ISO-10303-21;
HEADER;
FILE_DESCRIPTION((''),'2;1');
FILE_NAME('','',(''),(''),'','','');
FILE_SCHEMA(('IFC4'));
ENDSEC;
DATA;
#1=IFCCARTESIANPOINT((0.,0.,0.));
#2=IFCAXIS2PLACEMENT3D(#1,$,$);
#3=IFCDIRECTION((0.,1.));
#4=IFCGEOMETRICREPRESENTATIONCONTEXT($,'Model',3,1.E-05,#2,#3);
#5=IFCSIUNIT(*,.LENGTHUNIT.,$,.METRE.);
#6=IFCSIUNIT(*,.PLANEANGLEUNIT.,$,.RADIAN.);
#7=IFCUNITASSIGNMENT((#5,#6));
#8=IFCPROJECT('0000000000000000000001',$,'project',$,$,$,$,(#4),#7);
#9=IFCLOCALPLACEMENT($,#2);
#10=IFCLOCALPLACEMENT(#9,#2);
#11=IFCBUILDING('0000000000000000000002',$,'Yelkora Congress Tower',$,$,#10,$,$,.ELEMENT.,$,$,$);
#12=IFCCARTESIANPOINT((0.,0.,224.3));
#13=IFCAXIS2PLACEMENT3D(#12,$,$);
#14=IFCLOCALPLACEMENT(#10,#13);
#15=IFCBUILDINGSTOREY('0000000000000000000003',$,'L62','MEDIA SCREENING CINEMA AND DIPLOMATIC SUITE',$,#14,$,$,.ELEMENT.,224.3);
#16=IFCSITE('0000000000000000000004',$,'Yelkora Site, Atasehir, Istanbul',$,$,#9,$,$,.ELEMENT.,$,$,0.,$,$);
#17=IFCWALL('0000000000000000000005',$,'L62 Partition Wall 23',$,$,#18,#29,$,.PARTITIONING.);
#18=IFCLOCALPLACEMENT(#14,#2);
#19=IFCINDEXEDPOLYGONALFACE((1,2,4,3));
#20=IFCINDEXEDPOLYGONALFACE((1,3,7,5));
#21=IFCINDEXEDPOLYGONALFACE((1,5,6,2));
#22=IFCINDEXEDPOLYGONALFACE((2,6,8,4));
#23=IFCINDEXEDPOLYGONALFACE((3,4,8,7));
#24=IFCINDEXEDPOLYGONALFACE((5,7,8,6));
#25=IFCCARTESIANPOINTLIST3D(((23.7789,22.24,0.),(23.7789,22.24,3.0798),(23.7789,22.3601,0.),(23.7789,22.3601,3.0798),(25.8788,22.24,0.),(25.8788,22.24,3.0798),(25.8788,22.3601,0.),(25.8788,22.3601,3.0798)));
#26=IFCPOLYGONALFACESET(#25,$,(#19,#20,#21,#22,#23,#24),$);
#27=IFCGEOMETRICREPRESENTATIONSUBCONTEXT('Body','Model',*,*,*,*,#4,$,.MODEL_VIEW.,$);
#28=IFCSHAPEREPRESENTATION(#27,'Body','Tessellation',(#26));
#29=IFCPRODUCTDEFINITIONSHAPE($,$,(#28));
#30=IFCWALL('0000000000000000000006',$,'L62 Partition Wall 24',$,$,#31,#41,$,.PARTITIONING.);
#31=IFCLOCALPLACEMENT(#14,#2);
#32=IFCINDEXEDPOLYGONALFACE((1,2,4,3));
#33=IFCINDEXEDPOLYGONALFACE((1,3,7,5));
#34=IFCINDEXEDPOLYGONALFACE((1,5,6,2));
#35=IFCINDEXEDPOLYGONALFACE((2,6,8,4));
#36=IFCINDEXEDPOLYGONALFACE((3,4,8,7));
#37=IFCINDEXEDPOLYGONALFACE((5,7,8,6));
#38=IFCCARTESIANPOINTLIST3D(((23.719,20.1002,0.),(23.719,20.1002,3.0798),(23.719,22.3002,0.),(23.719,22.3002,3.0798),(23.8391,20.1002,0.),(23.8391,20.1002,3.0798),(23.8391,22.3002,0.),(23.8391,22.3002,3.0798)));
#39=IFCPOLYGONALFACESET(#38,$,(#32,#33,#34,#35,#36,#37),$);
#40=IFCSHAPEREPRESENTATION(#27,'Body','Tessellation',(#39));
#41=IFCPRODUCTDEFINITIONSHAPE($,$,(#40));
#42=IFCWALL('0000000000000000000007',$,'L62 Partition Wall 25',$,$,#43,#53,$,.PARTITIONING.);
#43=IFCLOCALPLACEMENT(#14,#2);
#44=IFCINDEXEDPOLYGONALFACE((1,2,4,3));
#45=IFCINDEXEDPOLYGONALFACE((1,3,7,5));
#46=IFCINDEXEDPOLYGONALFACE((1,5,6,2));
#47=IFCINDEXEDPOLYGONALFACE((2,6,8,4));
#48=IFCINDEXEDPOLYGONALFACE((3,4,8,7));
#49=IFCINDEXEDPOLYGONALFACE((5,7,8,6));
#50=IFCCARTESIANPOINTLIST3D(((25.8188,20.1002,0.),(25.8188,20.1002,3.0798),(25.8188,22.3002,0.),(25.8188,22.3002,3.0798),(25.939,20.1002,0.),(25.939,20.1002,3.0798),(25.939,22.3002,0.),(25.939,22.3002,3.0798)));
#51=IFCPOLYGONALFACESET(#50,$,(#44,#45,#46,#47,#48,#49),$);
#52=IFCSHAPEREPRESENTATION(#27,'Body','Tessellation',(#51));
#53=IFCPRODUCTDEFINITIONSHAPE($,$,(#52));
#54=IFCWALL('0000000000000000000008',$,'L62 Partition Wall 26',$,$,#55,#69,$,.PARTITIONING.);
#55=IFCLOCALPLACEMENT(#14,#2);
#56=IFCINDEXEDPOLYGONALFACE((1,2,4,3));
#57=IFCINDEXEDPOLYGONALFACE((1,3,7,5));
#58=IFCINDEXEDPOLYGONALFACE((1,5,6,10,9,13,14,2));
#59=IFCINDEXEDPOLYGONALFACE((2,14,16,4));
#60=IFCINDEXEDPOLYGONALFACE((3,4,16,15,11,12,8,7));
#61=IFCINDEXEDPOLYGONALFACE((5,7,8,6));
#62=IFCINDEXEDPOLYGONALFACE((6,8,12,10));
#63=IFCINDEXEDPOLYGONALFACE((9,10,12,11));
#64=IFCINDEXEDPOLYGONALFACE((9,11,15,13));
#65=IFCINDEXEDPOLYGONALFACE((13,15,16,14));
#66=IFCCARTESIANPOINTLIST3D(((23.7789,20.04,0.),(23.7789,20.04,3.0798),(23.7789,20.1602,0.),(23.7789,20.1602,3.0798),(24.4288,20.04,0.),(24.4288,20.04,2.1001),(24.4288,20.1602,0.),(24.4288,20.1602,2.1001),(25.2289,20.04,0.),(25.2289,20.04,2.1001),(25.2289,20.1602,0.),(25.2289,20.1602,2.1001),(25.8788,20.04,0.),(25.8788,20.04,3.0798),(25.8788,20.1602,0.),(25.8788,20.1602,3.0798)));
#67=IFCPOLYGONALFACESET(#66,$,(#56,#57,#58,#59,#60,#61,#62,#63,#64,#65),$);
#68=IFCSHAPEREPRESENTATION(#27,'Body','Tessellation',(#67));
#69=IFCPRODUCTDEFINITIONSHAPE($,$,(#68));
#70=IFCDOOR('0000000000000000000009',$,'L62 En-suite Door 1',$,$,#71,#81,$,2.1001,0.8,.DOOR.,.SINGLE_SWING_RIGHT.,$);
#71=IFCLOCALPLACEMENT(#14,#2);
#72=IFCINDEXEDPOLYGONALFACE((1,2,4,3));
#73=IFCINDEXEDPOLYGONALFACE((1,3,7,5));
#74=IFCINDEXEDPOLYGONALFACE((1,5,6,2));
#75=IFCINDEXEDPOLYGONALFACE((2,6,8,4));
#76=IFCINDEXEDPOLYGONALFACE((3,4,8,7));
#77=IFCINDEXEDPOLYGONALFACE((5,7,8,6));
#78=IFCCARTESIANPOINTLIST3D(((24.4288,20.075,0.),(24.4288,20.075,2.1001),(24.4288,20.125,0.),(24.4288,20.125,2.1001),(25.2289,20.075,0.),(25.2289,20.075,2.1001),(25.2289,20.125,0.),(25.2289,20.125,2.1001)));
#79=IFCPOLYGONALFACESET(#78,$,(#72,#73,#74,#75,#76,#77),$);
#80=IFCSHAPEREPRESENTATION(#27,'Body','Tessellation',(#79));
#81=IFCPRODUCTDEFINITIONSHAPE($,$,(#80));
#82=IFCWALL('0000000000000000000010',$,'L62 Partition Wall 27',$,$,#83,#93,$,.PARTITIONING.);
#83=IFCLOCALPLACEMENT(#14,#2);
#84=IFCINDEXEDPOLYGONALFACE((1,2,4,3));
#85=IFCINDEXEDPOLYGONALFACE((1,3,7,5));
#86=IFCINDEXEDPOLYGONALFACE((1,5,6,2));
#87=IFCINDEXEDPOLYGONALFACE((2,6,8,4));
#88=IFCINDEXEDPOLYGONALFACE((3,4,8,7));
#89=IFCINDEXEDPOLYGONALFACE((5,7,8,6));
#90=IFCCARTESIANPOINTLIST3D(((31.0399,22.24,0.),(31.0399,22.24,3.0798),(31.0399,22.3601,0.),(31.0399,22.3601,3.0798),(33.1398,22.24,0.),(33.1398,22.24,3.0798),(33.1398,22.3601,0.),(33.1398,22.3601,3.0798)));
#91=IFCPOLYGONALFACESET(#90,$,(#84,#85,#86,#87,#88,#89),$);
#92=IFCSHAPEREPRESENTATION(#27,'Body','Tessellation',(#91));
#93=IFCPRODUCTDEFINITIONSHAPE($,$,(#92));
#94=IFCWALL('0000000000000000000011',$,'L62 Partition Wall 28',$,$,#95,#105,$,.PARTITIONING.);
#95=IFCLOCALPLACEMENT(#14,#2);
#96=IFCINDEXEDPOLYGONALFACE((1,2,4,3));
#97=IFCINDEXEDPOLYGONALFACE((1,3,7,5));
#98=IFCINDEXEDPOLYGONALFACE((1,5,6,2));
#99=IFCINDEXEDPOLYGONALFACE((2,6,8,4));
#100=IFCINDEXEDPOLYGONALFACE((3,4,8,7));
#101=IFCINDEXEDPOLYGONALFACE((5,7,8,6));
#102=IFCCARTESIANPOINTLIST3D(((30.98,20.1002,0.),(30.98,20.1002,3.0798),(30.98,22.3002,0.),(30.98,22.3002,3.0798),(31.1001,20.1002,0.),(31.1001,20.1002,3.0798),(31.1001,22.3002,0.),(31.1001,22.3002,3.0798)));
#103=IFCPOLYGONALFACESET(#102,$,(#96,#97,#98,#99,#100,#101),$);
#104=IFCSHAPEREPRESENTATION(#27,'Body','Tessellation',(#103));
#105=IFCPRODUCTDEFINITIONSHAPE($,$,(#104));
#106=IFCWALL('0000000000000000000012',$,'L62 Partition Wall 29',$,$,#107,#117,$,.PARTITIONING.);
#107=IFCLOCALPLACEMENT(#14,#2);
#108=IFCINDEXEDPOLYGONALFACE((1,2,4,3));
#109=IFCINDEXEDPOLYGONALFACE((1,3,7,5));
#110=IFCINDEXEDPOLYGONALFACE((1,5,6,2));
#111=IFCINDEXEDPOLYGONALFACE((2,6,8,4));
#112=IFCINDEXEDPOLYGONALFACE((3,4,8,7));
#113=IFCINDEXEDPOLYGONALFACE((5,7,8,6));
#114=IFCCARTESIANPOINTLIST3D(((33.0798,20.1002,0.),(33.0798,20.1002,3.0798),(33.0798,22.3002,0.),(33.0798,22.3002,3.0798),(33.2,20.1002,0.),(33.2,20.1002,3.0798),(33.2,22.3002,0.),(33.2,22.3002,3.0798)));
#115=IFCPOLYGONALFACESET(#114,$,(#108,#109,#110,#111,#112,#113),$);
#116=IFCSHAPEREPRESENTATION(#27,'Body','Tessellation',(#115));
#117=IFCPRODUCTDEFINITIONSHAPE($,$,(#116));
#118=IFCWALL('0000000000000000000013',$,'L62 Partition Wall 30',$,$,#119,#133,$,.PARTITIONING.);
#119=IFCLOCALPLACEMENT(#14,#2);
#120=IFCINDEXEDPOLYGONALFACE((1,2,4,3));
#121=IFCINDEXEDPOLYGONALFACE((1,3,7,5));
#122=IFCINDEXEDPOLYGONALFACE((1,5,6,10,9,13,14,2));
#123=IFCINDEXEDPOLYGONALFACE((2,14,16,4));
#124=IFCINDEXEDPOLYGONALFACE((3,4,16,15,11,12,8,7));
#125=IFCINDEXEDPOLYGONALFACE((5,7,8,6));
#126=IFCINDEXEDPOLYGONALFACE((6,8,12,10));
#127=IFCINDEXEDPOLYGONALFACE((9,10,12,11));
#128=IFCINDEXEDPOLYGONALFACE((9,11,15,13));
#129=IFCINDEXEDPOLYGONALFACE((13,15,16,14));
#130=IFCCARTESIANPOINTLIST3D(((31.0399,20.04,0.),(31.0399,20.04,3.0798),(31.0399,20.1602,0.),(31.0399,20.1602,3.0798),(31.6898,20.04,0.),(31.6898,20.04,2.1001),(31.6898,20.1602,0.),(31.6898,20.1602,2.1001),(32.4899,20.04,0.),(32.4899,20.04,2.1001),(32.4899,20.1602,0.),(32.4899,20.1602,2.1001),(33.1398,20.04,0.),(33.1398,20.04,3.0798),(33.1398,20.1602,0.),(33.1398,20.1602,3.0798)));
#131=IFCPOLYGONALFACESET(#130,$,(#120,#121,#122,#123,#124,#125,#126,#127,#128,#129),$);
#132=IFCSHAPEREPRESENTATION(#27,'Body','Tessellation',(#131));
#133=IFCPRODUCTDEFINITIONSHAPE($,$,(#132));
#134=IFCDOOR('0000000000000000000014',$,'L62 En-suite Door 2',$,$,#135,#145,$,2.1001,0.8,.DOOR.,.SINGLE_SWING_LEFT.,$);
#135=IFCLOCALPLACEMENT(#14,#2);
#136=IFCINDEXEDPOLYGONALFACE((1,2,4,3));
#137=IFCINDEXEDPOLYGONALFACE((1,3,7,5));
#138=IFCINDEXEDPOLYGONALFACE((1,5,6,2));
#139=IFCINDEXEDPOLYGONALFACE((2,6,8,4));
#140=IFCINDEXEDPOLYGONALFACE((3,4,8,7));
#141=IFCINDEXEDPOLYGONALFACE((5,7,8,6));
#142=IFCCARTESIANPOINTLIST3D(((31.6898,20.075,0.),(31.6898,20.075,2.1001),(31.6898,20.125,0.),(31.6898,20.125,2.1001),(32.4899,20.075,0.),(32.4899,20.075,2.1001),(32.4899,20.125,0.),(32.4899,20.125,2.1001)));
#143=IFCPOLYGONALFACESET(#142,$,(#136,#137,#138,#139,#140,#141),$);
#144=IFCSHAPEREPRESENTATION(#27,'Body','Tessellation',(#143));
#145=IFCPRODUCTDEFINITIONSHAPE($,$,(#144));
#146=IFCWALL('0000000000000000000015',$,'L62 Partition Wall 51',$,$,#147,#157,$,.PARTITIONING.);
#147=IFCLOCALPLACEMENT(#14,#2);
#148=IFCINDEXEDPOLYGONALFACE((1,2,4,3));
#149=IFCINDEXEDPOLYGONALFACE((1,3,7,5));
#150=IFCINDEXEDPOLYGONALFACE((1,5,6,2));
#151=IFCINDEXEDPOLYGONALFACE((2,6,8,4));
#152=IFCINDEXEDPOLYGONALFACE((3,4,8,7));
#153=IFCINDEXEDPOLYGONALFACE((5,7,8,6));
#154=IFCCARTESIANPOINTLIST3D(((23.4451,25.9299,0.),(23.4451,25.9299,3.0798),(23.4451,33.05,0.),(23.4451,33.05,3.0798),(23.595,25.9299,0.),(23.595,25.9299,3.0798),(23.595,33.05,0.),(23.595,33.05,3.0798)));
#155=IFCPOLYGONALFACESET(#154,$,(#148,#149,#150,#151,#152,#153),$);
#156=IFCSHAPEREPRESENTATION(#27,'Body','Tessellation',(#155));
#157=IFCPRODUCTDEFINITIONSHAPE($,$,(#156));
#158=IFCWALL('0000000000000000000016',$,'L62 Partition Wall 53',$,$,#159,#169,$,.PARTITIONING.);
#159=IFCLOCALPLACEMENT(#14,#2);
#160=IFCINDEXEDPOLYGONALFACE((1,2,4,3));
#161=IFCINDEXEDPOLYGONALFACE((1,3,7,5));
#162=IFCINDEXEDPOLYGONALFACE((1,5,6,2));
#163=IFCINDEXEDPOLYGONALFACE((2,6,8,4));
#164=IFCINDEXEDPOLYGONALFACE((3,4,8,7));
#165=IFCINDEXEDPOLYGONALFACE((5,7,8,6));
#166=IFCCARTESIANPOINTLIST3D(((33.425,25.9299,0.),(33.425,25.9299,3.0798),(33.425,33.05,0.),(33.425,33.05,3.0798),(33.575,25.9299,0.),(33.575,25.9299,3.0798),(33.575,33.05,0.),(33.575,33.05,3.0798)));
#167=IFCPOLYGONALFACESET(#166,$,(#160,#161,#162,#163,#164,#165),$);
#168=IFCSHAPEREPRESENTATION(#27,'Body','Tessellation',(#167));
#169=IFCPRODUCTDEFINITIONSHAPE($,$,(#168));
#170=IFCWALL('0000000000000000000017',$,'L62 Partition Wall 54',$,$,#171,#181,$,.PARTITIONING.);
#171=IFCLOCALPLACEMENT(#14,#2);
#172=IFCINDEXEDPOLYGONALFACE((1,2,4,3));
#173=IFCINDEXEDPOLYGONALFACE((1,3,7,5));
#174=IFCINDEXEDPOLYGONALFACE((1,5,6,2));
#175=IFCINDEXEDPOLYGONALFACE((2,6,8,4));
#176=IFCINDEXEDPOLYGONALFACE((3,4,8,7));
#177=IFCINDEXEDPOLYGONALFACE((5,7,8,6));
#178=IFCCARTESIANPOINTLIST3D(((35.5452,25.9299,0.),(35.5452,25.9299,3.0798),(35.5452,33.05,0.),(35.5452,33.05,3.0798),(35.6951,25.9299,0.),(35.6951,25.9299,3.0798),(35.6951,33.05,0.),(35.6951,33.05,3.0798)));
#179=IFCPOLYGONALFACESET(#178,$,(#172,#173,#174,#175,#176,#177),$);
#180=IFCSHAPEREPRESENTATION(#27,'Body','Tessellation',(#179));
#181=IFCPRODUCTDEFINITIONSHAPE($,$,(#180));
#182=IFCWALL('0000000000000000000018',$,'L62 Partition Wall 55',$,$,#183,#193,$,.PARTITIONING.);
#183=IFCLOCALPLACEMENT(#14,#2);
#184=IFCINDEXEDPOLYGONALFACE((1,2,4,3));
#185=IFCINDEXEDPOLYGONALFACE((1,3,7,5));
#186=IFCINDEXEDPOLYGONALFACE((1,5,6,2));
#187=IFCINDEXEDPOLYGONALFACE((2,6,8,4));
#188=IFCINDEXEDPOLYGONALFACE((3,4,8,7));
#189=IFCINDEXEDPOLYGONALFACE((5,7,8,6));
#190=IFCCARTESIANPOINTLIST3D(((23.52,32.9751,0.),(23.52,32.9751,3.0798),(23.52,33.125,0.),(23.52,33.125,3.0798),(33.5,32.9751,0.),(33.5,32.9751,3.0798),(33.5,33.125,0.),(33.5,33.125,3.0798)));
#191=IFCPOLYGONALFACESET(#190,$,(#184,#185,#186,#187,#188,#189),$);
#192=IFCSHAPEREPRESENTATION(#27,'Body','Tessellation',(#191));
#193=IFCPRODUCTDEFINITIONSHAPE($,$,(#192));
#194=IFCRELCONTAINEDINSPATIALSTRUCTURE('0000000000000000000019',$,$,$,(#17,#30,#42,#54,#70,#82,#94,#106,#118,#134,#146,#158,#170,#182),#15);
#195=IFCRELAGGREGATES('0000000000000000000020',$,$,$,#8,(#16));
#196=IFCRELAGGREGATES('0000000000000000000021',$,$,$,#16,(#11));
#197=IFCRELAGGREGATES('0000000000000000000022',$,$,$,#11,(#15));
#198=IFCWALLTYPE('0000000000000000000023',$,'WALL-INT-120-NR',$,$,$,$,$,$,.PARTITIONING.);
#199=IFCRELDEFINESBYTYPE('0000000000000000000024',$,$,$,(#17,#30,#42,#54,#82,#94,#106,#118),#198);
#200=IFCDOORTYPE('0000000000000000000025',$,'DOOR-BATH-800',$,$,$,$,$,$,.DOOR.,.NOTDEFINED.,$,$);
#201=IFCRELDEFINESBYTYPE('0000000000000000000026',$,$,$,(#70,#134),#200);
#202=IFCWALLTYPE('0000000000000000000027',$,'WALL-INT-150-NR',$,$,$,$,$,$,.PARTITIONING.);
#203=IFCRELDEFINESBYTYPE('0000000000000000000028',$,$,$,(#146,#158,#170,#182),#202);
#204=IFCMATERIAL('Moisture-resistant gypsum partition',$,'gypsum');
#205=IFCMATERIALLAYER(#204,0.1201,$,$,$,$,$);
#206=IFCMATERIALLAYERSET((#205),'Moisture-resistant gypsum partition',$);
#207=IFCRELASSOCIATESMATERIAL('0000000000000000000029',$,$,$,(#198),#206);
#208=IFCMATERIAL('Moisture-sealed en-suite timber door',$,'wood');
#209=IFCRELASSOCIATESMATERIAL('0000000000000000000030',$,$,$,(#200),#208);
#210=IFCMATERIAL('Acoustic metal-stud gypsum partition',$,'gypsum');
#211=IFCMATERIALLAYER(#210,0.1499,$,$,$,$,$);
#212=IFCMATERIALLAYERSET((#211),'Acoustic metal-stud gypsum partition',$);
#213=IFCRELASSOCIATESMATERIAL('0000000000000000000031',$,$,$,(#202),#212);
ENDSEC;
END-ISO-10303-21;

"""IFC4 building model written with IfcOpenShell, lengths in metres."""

from ifc_helpers import new_model, si_unit, direction, frame, frame_2d, origin, place, context, subcontext, project, spatial, rectangle, extrude, material, layer, layer_set, type_object, element, fill, save


model = new_model("IFC4")

# Units and contexts
model_context = context("Model", 3, precision=1e-05, world=origin(), true_north=direction((0.0, 1.0)))
body_context = subcontext(model_context, "Body", "Model", "MODEL_VIEW")
ifc_project = project(units=[si_unit("LENGTHUNIT", "METRE"), si_unit("PLANEANGLEUNIT", "RADIAN")], contexts=[model_context])

# Site, building, storey
site_placement = place(None, origin())
site = spatial("IfcSite", under=ifc_project, at=site_placement, Name="Yelkora Site, Atasehir, Istanbul", CompositionType="ELEMENT", RefElevation=0.0)
building_placement = place(site_placement, origin())
building = spatial("IfcBuilding", under=site, at=building_placement, Name="Yelkora Congress Tower", CompositionType="ELEMENT")
storey_placement = place(building_placement, frame((0.0, 0.0, 224.3)))
storey = spatial("IfcBuildingStorey", under=building, at=storey_placement, Name="L62", Description="MEDIA SCREENING CINEMA AND DIPLOMATIC SUITE", CompositionType="ELEMENT", Elevation=224.3)

# Walls
ifc_material_1 = material(Name="Moisture-resistant gypsum partition", Category="gypsum")
ifc_layer_1 = layer(ifc_material_1, 0.1201)
ifc_layer_set_1 = layer_set([ifc_layer_1], Name="Moisture-resistant gypsum partition")
wall_type_1 = type_object("IfcWallType", Name="WALL-INT-120-NR", PredefinedType="PARTITIONING", material=ifc_layer_set_1)
wall_1_placement = place(storey_placement, frame((23.7791, 22.3, 0.0), z_axis=(0.0, 0.0, 1.0), x_axis=(1.0, 0.0, 0.0)))
element("IfcWall", 1, at=wall_1_placement, inside=storey, type_object=wall_type_1, Name="L62 Partition Wall 23", PredefinedType="PARTITIONING", context=body_context, shape_type="SweptSolid", body=[
    extrude(rectangle(XDim=2.0999, YDim=0.1201, at=frame_2d((1.0498, 0.0))), origin(), (0.0, 0.0, 1.0), 3.0798),
])
for number, where, z_axis, x_axis, name in (
    (2, (23.7791, 20.1001, 0.0), (0.0, 0.0, 1.0), (0.0, 1.0, 0.0), "L62 Partition Wall 24"),
    (3, (25.8789, 20.1001, 0.0), (0.0, 0.0, 1.0), (0.0, 1.0, 0.0), "L62 Partition Wall 25"),
):
    element("IfcWall", number, at=place(storey_placement, frame(where, z_axis=z_axis, x_axis=x_axis)), inside=storey, type_object=wall_type_1, Name=name, PredefinedType="PARTITIONING", context=body_context, shape_type="SweptSolid", body=[
        extrude(rectangle(XDim=2.2, YDim=0.1201, at=frame_2d((1.1001, 0.0))), origin(), (0.0, 0.0, 1.0), 3.0798),
    ])

# Wall, opening, door
wall_2_placement = place(storey_placement, frame((23.7791, 20.1001, 0.0), z_axis=(0.0, 0.0, 1.0), x_axis=(1.0, 0.0, 0.0)))
wall_2 = element("IfcWall", 4, at=wall_2_placement, inside=storey, type_object=wall_type_1, Name="L62 Partition Wall 26", PredefinedType="PARTITIONING", context=body_context, shape_type="SweptSolid", body=[
    extrude(rectangle(XDim=2.0999, YDim=0.1201, at=frame_2d((1.0498, 0.0))), origin(), (0.0, 0.0, 1.0), 3.0798),
])
opening_1_placement = place(wall_2_placement, frame((0.6499, 0.0, 0.0)))
opening_1 = element("IfcOpeningElement", 5, at=opening_1_placement, cuts=wall_2, PredefinedType="OPENING", context=body_context, shape_type="SweptSolid", body=[
    extrude(rectangle(XDim=0.8, YDim=2.1001, at=frame_2d((0.3999, 1.05))), frame((0.0, 0.0701, 0.0), z_axis=(0.0, -1.0, 0.0), x_axis=(1.0, 0.0, 0.0)), (0.0, 0.0, 1.0), 0.1401),
])
ifc_material_2 = material(Name="Moisture-sealed en-suite timber door", Category="wood")
door_type_1 = type_object("IfcDoorType", Name="DOOR-BATH-800", OperationType="NOTDEFINED", PredefinedType="DOOR", material=ifc_material_2)
door_1_placement = place(opening_1_placement, origin())
door_1 = element("IfcDoor", 6, at=door_1_placement, inside=storey, type_object=door_type_1, Name="L62 En-suite Door 1", OperationType="SINGLE_SWING_RIGHT", OverallHeight=2.1001, OverallWidth=0.8, PredefinedType="DOOR", context=body_context, shape_type="SweptSolid", body=[
    extrude(rectangle(XDim=0.8, YDim=2.1001, at=frame_2d((0.3999, 1.05))), frame((0.0, 0.0249, 0.0), z_axis=(0.0, -1.0, 0.0), x_axis=(1.0, 0.0, 0.0)), (0.0, 0.0, 1.0), 0.05),
])
fill(opening_1, door_1)

# Walls
wall_3_placement = place(storey_placement, frame((31.04, 22.3, 0.0), z_axis=(0.0, 0.0, 1.0), x_axis=(1.0, 0.0, 0.0)))
element("IfcWall", 7, at=wall_3_placement, inside=storey, type_object=wall_type_1, Name="L62 Partition Wall 27", PredefinedType="PARTITIONING", context=body_context, shape_type="SweptSolid", body=[
    extrude(rectangle(XDim=2.0999, YDim=0.1201, at=frame_2d((1.0498, 0.0))), origin(), (0.0, 0.0, 1.0), 3.0798),
])
for number, where, z_axis, x_axis, name in (
    (8, (31.04, 20.1001, 0.0), (0.0, 0.0, 1.0), (0.0, 1.0, 0.0), "L62 Partition Wall 28"),
    (9, (33.1399, 20.1001, 0.0), (0.0, 0.0, 1.0), (0.0, 1.0, 0.0), "L62 Partition Wall 29"),
):
    element("IfcWall", number, at=place(storey_placement, frame(where, z_axis=z_axis, x_axis=x_axis)), inside=storey, type_object=wall_type_1, Name=name, PredefinedType="PARTITIONING", context=body_context, shape_type="SweptSolid", body=[
        extrude(rectangle(XDim=2.2, YDim=0.1201, at=frame_2d((1.1001, 0.0))), origin(), (0.0, 0.0, 1.0), 3.0798),
    ])

# Wall, opening, door
wall_4_placement = place(storey_placement, frame((31.04, 20.1001, 0.0), z_axis=(0.0, 0.0, 1.0), x_axis=(1.0, 0.0, 0.0)))
wall_4 = element("IfcWall", 10, at=wall_4_placement, inside=storey, type_object=wall_type_1, Name="L62 Partition Wall 30", PredefinedType="PARTITIONING", context=body_context, shape_type="SweptSolid", body=[
    extrude(rectangle(XDim=2.0999, YDim=0.1201, at=frame_2d((1.0498, 0.0))), origin(), (0.0, 0.0, 1.0), 3.0798),
])
opening_2_placement = place(wall_4_placement, frame((0.6499, 0.0, 0.0)))
opening_2 = element("IfcOpeningElement", 11, at=opening_2_placement, cuts=wall_4, PredefinedType="OPENING", context=body_context, shape_type="SweptSolid", body=[
    extrude(rectangle(XDim=0.8, YDim=2.1001, at=frame_2d((0.3999, 1.05))), frame((0.0, 0.0701, 0.0), z_axis=(0.0, -1.0, 0.0), x_axis=(1.0, 0.0, 0.0)), (0.0, 0.0, 1.0), 0.1401),
])
door_2_placement = place(opening_2_placement, origin())
door_2 = element("IfcDoor", 12, at=door_2_placement, inside=storey, type_object=door_type_1, Name="L62 En-suite Door 2", OperationType="SINGLE_SWING_LEFT", OverallHeight=2.1001, OverallWidth=0.8, PredefinedType="DOOR", context=body_context, shape_type="SweptSolid", body=[
    extrude(rectangle(XDim=0.8, YDim=2.1001, at=frame_2d((0.3999, 1.05))), frame((0.0, 0.0249, 0.0), z_axis=(0.0, -1.0, 0.0), x_axis=(1.0, 0.0, 0.0)), (0.0, 0.0, 1.0), 0.05),
])
fill(opening_2, door_2)

# Walls
ifc_material_3 = material(Name="Acoustic metal-stud gypsum partition", Category="gypsum")
ifc_layer_2 = layer(ifc_material_3, 0.1499)
ifc_layer_set_2 = layer_set([ifc_layer_2], Name="Acoustic metal-stud gypsum partition")
wall_type_2 = type_object("IfcWallType", Name="WALL-INT-150-NR", PredefinedType="PARTITIONING", material=ifc_layer_set_2)
for number, where, z_axis, x_axis, name in (
    (13, (23.52, 25.9299, 0.0), (0.0, 0.0, 1.0), (0.0, 1.0, 0.0), "L62 Partition Wall 51"),
    (14, (33.5, 25.9299, 0.0), (0.0, 0.0, 1.0), (0.0, 1.0, 0.0), "L62 Partition Wall 53"),
    (15, (35.6201, 25.9299, 0.0), (0.0, 0.0, 1.0), (0.0, 1.0, 0.0), "L62 Partition Wall 54"),
):
    element("IfcWall", number, at=place(storey_placement, frame(where, z_axis=z_axis, x_axis=x_axis)), inside=storey, type_object=wall_type_2, Name=name, PredefinedType="PARTITIONING", context=body_context, shape_type="SweptSolid", body=[
        extrude(rectangle(XDim=7.1201, YDim=0.1499, at=frame_2d((3.5601, 0.0))), origin(), (0.0, 0.0, 1.0), 3.0798),
    ])
wall_5_placement = place(storey_placement, frame((23.52, 33.05, 0.0), z_axis=(0.0, 0.0, 1.0), x_axis=(1.0, 0.0, 0.0)))
element("IfcWall", 16, at=wall_5_placement, inside=storey, type_object=wall_type_2, Name="L62 Partition Wall 55", PredefinedType="PARTITIONING", context=body_context, shape_type="SweptSolid", body=[
    extrude(rectangle(XDim=9.98, YDim=0.1499, at=frame_2d((4.99, 0.0))), origin(), (0.0, 0.0, 1.0), 3.0798),
])

save(model, "model.ifc")
